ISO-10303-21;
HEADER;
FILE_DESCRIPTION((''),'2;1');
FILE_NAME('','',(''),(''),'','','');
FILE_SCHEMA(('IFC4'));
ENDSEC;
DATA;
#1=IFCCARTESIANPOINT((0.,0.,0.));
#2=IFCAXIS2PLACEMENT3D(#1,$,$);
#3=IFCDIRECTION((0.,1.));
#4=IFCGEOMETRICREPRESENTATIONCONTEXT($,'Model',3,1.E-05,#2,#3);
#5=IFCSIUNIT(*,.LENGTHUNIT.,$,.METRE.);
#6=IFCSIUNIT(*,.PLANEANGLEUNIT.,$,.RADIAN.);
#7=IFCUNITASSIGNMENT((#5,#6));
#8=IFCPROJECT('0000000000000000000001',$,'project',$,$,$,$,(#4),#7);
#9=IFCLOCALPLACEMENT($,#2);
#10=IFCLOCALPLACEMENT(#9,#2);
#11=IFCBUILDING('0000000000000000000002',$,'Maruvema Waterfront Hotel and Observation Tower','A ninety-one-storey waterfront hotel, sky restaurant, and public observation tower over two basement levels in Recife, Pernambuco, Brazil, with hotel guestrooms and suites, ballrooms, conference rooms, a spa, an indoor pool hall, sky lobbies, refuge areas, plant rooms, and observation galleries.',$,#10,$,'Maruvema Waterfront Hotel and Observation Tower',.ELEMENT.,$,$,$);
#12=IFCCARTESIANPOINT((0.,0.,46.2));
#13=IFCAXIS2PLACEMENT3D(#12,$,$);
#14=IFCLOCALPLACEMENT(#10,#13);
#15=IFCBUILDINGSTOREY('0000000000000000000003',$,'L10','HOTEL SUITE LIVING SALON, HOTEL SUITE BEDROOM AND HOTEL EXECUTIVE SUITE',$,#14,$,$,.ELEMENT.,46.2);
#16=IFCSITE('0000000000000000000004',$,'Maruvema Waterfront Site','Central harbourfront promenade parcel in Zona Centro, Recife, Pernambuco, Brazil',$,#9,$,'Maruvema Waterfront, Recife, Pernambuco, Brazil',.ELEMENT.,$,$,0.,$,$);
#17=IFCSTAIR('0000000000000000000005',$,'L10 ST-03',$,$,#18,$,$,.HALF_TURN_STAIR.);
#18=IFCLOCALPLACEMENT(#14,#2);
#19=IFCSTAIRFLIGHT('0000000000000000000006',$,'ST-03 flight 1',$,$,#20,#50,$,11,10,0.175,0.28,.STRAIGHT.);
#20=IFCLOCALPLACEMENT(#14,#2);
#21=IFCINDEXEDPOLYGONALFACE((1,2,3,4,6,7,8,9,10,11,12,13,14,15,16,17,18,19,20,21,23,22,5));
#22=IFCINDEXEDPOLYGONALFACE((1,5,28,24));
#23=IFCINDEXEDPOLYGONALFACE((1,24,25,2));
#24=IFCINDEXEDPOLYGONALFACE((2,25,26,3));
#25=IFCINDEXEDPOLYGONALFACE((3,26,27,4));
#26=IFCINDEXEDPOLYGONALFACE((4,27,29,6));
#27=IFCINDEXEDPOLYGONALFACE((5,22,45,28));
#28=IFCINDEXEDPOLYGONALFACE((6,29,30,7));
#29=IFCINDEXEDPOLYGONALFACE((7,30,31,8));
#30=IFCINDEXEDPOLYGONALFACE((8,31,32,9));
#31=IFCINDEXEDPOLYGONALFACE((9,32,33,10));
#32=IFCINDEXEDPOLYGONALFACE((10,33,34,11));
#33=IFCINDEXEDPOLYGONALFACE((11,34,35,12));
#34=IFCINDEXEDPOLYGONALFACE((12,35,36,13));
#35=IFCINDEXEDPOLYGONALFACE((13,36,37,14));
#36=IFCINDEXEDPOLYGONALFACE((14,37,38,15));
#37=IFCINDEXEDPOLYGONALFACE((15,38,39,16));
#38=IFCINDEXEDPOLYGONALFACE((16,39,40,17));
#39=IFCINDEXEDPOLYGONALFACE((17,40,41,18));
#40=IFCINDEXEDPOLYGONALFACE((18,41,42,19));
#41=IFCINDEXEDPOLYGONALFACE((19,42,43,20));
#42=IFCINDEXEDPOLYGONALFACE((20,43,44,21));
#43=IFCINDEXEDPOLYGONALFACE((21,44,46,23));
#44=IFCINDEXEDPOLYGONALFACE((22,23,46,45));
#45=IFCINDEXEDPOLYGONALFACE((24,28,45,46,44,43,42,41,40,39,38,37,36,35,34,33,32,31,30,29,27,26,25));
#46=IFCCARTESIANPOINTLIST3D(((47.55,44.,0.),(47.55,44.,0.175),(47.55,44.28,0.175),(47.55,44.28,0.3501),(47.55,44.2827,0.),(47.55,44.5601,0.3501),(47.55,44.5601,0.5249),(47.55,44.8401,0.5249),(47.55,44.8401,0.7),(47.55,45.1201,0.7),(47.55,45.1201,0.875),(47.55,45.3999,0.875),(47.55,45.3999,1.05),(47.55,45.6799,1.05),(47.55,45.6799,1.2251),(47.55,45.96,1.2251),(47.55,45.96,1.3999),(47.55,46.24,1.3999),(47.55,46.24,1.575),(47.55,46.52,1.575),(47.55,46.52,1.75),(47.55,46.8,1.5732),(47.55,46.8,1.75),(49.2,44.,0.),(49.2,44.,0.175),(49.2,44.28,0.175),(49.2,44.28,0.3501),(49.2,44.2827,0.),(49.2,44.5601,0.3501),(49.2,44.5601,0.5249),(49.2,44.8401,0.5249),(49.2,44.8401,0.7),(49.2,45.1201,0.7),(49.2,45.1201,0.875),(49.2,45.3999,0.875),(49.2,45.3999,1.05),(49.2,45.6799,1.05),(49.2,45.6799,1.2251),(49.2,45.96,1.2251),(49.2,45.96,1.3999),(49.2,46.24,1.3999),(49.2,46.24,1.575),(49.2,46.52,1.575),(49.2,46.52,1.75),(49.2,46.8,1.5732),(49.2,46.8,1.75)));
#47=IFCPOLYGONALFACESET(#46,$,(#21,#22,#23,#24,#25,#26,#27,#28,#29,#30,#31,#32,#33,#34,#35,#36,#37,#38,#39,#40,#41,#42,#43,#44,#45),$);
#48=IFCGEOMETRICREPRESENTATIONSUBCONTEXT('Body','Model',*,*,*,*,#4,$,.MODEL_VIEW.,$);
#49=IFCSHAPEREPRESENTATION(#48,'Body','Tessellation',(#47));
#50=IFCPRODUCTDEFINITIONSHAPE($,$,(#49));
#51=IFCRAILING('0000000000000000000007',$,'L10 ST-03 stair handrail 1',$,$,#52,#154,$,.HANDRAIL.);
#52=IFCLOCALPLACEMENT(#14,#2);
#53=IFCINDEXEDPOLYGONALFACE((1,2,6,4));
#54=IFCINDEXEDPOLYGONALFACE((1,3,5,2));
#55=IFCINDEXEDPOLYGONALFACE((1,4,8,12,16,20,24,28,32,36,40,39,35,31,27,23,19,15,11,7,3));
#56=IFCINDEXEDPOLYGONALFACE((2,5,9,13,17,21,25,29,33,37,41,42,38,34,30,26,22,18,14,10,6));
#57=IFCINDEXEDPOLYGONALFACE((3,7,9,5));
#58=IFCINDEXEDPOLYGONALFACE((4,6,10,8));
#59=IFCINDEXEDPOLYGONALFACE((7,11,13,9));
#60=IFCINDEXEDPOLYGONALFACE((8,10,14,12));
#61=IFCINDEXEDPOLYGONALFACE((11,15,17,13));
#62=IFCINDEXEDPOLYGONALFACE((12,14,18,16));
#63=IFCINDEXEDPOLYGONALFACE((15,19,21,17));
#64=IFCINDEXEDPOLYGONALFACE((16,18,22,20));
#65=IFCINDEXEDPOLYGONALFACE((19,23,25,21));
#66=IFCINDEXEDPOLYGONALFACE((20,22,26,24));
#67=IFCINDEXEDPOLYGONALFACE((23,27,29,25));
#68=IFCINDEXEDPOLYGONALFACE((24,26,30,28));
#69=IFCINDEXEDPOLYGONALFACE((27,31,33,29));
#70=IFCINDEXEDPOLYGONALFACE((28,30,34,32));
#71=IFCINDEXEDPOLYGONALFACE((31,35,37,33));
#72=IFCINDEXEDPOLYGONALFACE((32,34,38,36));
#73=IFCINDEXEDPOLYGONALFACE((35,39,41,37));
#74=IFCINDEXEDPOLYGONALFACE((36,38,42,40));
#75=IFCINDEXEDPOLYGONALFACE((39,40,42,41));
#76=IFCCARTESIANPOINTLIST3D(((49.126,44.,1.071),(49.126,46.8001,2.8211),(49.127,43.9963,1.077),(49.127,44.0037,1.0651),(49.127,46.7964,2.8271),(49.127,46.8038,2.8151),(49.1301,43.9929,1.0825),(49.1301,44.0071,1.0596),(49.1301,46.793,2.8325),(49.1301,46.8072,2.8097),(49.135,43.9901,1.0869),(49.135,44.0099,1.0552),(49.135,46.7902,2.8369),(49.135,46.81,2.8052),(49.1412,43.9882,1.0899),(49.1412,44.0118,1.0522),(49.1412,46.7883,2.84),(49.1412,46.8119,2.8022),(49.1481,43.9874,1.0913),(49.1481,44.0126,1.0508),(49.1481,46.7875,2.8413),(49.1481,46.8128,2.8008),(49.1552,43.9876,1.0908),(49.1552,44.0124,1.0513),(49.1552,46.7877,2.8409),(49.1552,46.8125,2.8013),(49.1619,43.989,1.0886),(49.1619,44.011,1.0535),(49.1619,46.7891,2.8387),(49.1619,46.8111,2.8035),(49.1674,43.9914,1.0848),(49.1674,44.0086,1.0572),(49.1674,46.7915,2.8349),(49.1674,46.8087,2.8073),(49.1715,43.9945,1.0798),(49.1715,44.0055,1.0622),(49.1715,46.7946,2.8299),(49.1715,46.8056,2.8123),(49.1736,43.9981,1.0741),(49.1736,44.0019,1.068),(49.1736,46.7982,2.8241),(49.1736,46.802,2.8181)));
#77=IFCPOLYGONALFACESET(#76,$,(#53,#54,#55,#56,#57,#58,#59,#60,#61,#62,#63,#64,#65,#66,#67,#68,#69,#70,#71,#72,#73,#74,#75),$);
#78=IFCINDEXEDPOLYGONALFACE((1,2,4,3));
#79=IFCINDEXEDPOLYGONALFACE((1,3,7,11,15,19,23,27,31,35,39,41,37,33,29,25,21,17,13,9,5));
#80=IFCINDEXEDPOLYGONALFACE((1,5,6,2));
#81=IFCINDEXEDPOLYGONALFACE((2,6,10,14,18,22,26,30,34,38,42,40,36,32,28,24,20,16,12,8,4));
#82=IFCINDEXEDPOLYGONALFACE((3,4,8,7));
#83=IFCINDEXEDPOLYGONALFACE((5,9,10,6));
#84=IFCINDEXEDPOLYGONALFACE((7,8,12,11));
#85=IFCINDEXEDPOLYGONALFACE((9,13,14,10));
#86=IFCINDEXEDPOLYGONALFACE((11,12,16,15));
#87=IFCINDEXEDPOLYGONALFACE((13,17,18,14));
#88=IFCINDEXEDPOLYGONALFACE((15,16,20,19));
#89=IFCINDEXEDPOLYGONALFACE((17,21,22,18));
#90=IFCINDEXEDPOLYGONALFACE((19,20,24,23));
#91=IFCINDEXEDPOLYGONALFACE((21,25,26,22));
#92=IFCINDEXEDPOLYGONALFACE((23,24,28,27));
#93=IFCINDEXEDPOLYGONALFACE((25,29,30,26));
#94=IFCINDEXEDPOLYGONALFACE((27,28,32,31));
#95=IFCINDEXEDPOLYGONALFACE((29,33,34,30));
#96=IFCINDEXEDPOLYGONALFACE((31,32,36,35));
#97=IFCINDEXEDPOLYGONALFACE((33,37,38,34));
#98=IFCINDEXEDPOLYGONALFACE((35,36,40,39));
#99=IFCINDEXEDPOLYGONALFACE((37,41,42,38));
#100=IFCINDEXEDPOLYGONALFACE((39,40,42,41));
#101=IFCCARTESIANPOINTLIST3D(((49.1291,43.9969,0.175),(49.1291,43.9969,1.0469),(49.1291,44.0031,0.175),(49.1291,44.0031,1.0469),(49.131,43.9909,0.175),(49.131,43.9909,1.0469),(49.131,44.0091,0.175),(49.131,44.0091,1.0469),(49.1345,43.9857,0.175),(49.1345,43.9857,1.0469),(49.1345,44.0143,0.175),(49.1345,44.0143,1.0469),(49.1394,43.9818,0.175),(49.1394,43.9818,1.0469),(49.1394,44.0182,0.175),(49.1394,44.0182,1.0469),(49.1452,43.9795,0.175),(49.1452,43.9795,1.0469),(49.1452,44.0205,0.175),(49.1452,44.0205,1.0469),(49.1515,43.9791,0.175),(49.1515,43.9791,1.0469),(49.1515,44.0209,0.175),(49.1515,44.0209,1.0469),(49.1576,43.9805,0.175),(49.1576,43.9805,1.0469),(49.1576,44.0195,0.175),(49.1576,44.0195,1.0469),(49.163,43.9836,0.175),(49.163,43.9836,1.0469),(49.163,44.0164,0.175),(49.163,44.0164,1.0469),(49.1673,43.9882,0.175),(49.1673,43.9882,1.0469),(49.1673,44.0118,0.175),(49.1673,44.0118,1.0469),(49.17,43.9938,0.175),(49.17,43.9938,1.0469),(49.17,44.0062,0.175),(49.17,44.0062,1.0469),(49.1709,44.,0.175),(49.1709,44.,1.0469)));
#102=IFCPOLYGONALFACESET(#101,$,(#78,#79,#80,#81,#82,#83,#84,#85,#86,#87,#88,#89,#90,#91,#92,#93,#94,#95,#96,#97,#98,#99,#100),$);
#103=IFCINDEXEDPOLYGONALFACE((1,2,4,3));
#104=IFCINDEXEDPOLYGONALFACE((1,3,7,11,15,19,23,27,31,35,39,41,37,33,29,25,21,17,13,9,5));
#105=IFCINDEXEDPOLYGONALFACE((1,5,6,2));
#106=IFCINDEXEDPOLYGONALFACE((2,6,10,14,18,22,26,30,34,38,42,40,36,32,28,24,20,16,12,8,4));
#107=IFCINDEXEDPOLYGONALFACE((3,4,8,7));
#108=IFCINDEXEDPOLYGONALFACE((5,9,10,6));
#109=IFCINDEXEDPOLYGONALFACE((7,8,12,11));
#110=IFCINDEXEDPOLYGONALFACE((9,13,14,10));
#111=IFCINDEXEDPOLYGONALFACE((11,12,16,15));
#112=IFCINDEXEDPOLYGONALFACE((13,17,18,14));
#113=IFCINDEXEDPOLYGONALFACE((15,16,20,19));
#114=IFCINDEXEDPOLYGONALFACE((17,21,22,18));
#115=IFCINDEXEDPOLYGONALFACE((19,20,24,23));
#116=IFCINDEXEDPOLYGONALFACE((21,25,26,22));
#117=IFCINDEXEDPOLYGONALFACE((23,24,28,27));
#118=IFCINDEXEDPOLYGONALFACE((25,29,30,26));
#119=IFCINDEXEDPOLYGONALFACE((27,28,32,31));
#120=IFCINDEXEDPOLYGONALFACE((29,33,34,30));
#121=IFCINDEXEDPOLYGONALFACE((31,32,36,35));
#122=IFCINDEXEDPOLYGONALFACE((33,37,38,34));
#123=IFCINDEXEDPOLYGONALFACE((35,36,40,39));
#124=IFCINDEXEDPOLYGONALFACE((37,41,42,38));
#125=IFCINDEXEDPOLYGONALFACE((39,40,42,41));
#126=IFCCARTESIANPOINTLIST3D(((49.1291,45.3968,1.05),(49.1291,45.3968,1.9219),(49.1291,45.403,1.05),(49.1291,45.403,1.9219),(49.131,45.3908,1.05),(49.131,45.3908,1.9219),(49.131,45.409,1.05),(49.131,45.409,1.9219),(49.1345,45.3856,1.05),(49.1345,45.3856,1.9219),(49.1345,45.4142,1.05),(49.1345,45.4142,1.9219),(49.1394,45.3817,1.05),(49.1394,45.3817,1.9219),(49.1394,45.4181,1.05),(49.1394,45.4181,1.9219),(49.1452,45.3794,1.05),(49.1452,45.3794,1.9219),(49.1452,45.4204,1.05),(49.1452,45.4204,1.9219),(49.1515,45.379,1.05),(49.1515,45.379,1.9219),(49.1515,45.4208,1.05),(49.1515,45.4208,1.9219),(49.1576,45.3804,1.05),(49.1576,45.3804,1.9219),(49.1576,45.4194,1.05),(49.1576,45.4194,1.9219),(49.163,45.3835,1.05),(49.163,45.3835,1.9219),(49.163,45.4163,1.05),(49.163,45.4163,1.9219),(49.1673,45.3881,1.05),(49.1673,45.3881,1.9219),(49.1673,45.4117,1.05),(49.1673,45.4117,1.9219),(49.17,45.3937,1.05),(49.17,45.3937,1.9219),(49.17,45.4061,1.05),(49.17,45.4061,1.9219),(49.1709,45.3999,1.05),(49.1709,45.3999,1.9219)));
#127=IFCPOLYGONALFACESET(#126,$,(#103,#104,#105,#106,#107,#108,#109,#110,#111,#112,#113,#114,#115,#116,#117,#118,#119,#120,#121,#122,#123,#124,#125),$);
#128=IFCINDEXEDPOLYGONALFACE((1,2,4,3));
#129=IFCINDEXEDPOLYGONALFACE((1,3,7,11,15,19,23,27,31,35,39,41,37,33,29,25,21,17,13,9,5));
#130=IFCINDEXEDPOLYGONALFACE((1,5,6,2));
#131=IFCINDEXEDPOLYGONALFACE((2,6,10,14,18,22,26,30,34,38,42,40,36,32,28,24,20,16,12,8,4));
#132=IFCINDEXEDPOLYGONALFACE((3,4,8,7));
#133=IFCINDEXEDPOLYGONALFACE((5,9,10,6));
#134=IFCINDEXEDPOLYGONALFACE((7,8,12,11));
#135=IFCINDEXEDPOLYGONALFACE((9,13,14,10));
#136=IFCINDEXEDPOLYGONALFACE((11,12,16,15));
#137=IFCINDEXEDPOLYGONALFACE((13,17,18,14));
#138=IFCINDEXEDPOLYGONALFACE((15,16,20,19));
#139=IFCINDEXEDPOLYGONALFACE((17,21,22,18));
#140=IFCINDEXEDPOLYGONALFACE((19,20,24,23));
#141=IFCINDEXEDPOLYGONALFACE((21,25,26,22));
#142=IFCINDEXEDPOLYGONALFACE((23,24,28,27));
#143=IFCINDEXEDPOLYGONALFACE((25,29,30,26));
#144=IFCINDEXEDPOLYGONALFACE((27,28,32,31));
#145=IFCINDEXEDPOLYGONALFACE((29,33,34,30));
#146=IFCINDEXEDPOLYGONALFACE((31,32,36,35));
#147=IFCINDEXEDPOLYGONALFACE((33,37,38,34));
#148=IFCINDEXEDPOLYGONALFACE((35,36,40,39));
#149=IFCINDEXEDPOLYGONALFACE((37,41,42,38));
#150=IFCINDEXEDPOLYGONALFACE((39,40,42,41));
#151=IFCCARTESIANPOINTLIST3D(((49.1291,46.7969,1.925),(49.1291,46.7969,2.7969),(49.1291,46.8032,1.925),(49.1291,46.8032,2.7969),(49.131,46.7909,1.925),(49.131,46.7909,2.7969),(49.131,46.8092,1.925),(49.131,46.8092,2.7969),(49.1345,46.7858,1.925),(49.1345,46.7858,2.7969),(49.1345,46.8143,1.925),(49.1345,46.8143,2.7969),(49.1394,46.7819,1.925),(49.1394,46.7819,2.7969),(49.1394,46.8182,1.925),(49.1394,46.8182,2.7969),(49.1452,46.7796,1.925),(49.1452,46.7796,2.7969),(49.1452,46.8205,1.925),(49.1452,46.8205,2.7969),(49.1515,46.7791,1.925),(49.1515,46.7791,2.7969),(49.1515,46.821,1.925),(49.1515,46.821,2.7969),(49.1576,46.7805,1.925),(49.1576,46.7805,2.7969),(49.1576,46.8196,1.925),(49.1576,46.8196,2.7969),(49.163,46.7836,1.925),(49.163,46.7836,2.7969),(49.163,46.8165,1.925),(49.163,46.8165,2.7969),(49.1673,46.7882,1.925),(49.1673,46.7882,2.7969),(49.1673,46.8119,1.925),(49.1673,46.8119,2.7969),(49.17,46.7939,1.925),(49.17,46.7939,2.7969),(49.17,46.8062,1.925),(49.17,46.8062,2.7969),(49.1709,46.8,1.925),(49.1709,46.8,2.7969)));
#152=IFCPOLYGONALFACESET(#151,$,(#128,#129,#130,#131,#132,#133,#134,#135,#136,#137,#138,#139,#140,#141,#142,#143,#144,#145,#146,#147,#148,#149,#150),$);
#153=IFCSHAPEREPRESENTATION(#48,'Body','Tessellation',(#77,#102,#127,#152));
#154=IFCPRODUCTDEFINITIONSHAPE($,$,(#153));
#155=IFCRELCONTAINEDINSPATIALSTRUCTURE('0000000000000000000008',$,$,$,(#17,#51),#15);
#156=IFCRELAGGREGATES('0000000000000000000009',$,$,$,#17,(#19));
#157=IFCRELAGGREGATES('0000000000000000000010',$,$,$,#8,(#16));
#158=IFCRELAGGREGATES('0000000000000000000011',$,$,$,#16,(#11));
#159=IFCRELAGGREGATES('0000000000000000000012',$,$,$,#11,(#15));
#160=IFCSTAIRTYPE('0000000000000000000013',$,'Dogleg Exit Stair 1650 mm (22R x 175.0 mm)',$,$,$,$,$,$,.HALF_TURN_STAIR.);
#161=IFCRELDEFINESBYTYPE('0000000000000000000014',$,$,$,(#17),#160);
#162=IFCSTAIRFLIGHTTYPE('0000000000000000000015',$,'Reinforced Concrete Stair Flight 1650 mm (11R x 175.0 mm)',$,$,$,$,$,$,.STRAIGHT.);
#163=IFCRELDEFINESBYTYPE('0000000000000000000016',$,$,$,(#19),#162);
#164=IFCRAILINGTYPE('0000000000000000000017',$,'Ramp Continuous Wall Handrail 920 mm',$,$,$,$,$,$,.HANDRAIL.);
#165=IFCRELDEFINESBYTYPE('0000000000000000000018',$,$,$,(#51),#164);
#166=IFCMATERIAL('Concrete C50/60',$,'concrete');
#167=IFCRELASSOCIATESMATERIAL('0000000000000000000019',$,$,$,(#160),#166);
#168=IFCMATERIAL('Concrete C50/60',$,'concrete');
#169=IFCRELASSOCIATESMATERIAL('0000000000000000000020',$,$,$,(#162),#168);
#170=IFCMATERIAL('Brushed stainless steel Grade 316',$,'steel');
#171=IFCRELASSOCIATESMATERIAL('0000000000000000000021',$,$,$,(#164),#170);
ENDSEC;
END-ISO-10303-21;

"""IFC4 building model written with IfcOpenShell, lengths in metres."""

from ifc_helpers import new_model, si_unit, direction, frame, origin, origin_2d, place, context, subcontext, project, spatial, polyline, circle, outline, extrude, material, type_object, element, aggregate, save


model = new_model("IFC4")

# Units and contexts
model_context = context("Model", 3, precision=1e-05, world=origin(), true_north=direction((0.0, 1.0)))
body_context = subcontext(model_context, "Body", "Model", "MODEL_VIEW")
ifc_project = project(units=[si_unit("LENGTHUNIT", "METRE"), si_unit("PLANEANGLEUNIT", "RADIAN")], contexts=[model_context])

# Site, building, storey
site_placement = place(None, origin())
site = spatial("IfcSite", under=ifc_project, at=site_placement, Name="Maruvema Waterfront Site", Description="Central harbourfront promenade parcel in Zona Centro, Recife, Pernambuco, Brazil", LongName="Maruvema Waterfront, Recife, Pernambuco, Brazil", CompositionType="ELEMENT", RefElevation=0.0)
building_placement = place(site_placement, origin())
building = spatial("IfcBuilding", under=site, at=building_placement, Name="Maruvema Waterfront Hotel and Observation Tower", Description="A ninety-one-storey waterfront hotel, sky restaurant, and public observation tower over two basement levels in Recife, Pernambuco, Brazil, with hotel guestrooms and suites, ballrooms, conference rooms, a spa, an indoor pool hall, sky lobbies, refuge areas, plant rooms, and observation galleries.", LongName="Maruvema Waterfront Hotel and Observation Tower", CompositionType="ELEMENT")
storey_placement = place(building_placement, frame((0.0, 0.0, 46.2)))
storey = spatial("IfcBuildingStorey", under=building, at=storey_placement, Name="L10", Description="HOTEL SUITE LIVING SALON, HOTEL SUITE BEDROOM AND HOTEL EXECUTIVE SUITE", CompositionType="ELEMENT", Elevation=46.2)

# Stair, stair flight
ifc_material_1 = material(Name="Concrete C50/60", Category="concrete")
stair_type = type_object("IfcStairType", Name="Dogleg Exit Stair 1650 mm (22R x 175.0 mm)", PredefinedType="HALF_TURN_STAIR", material=ifc_material_1)
stair_placement = place(storey_placement, origin())
stair = element("IfcStair", 1, at=stair_placement, inside=storey, type_object=stair_type, Name="L10 ST-03", PredefinedType="HALF_TURN_STAIR")
ifc_material_2 = material(Name="Concrete C50/60", Category="concrete")
stair_flight_type = type_object("IfcStairFlightType", Name="Reinforced Concrete Stair Flight 1650 mm (11R x 175.0 mm)", PredefinedType="STRAIGHT", material=ifc_material_2)
stair_flight_placement = place(storey_placement, frame((48.375, 44.0, 0.0), z_axis=(0.0, 0.0, 1.0), x_axis=(0.0, 1.0, 0.0)))
stair_flight = element("IfcStairFlight", 2, at=stair_flight_placement, type_object=stair_flight_type, Name="ST-03 flight 1", NumberOfRisers=11, NumberOfTreads=10, PredefinedType="STRAIGHT", RiserHeight=0.175, TreadLength=0.28, context=body_context, shape_type="SweptSolid", body=[
    extrude(outline(polyline([(0.0, 0.0), (0.0, 0.175), (0.28, 0.175), (0.28, 0.3501), (0.5601, 0.3501), (0.5601, 0.5249), (0.8401, 0.5249), (0.8401, 0.7), (1.1201, 0.7), (1.1201, 0.875), (1.3999, 0.875), (1.3999, 1.05), (1.6799, 1.05), (1.6799, 1.2251), (1.96, 1.2251), (1.96, 1.3999), (2.24, 1.3999), (2.24, 1.575), (2.52, 1.575), (2.52, 1.75), (2.8, 1.75), (2.8, 1.925), (2.8, 1.5732), (0.2827, 0.0), (0.0, 0.0)])), frame((0.0, 0.825, 0.0), z_axis=(0.0, -1.0, 0.0), x_axis=(1.0, 0.0, 0.0)), (0.0, 0.0, 1.0), 1.6499),
])
aggregate(stair, [stair_flight])

# Railing
ifc_material_3 = material(Name="Brushed stainless steel Grade 316", Category="steel")
railing_type_1 = type_object("IfcRailingType", Name="Ramp Continuous Wall Handrail 920 mm", PredefinedType="HANDRAIL", material=ifc_material_3)
railing_1_placement = place(storey_placement, frame((49.1499, 44.0, 0.175)))
element("IfcRailing", 3, at=railing_1_placement, inside=storey, type_object=railing_type_1, Name="L10 ST-03 stair handrail 1", PredefinedType="HANDRAIL", context=body_context, shape_type="SweptSolid", body=[
    extrude(circle(Radius=0.0239, at=origin_2d()), frame((0.0, 0.0, 0.896), z_axis=(0.0, 0.848002, 0.529992), x_axis=(-1.0, 0.0, 0.0)), (0.0, 0.0, 1.0), 3.302),
    extrude(circle(Radius=0.021, at=origin_2d()), origin(), (0.0, 0.0, 1.0), 0.8718),
    extrude(circle(Radius=0.021, at=origin_2d()), frame((0.0, 1.3999, 0.875)), (0.0, 0.0, 1.0), 0.8718),
    extrude(circle(Radius=0.021, at=origin_2d()), frame((0.0, 2.8, 1.75)), (0.0, 0.0, 1.0), 0.8718),
])

save(model, "model.ifc")
